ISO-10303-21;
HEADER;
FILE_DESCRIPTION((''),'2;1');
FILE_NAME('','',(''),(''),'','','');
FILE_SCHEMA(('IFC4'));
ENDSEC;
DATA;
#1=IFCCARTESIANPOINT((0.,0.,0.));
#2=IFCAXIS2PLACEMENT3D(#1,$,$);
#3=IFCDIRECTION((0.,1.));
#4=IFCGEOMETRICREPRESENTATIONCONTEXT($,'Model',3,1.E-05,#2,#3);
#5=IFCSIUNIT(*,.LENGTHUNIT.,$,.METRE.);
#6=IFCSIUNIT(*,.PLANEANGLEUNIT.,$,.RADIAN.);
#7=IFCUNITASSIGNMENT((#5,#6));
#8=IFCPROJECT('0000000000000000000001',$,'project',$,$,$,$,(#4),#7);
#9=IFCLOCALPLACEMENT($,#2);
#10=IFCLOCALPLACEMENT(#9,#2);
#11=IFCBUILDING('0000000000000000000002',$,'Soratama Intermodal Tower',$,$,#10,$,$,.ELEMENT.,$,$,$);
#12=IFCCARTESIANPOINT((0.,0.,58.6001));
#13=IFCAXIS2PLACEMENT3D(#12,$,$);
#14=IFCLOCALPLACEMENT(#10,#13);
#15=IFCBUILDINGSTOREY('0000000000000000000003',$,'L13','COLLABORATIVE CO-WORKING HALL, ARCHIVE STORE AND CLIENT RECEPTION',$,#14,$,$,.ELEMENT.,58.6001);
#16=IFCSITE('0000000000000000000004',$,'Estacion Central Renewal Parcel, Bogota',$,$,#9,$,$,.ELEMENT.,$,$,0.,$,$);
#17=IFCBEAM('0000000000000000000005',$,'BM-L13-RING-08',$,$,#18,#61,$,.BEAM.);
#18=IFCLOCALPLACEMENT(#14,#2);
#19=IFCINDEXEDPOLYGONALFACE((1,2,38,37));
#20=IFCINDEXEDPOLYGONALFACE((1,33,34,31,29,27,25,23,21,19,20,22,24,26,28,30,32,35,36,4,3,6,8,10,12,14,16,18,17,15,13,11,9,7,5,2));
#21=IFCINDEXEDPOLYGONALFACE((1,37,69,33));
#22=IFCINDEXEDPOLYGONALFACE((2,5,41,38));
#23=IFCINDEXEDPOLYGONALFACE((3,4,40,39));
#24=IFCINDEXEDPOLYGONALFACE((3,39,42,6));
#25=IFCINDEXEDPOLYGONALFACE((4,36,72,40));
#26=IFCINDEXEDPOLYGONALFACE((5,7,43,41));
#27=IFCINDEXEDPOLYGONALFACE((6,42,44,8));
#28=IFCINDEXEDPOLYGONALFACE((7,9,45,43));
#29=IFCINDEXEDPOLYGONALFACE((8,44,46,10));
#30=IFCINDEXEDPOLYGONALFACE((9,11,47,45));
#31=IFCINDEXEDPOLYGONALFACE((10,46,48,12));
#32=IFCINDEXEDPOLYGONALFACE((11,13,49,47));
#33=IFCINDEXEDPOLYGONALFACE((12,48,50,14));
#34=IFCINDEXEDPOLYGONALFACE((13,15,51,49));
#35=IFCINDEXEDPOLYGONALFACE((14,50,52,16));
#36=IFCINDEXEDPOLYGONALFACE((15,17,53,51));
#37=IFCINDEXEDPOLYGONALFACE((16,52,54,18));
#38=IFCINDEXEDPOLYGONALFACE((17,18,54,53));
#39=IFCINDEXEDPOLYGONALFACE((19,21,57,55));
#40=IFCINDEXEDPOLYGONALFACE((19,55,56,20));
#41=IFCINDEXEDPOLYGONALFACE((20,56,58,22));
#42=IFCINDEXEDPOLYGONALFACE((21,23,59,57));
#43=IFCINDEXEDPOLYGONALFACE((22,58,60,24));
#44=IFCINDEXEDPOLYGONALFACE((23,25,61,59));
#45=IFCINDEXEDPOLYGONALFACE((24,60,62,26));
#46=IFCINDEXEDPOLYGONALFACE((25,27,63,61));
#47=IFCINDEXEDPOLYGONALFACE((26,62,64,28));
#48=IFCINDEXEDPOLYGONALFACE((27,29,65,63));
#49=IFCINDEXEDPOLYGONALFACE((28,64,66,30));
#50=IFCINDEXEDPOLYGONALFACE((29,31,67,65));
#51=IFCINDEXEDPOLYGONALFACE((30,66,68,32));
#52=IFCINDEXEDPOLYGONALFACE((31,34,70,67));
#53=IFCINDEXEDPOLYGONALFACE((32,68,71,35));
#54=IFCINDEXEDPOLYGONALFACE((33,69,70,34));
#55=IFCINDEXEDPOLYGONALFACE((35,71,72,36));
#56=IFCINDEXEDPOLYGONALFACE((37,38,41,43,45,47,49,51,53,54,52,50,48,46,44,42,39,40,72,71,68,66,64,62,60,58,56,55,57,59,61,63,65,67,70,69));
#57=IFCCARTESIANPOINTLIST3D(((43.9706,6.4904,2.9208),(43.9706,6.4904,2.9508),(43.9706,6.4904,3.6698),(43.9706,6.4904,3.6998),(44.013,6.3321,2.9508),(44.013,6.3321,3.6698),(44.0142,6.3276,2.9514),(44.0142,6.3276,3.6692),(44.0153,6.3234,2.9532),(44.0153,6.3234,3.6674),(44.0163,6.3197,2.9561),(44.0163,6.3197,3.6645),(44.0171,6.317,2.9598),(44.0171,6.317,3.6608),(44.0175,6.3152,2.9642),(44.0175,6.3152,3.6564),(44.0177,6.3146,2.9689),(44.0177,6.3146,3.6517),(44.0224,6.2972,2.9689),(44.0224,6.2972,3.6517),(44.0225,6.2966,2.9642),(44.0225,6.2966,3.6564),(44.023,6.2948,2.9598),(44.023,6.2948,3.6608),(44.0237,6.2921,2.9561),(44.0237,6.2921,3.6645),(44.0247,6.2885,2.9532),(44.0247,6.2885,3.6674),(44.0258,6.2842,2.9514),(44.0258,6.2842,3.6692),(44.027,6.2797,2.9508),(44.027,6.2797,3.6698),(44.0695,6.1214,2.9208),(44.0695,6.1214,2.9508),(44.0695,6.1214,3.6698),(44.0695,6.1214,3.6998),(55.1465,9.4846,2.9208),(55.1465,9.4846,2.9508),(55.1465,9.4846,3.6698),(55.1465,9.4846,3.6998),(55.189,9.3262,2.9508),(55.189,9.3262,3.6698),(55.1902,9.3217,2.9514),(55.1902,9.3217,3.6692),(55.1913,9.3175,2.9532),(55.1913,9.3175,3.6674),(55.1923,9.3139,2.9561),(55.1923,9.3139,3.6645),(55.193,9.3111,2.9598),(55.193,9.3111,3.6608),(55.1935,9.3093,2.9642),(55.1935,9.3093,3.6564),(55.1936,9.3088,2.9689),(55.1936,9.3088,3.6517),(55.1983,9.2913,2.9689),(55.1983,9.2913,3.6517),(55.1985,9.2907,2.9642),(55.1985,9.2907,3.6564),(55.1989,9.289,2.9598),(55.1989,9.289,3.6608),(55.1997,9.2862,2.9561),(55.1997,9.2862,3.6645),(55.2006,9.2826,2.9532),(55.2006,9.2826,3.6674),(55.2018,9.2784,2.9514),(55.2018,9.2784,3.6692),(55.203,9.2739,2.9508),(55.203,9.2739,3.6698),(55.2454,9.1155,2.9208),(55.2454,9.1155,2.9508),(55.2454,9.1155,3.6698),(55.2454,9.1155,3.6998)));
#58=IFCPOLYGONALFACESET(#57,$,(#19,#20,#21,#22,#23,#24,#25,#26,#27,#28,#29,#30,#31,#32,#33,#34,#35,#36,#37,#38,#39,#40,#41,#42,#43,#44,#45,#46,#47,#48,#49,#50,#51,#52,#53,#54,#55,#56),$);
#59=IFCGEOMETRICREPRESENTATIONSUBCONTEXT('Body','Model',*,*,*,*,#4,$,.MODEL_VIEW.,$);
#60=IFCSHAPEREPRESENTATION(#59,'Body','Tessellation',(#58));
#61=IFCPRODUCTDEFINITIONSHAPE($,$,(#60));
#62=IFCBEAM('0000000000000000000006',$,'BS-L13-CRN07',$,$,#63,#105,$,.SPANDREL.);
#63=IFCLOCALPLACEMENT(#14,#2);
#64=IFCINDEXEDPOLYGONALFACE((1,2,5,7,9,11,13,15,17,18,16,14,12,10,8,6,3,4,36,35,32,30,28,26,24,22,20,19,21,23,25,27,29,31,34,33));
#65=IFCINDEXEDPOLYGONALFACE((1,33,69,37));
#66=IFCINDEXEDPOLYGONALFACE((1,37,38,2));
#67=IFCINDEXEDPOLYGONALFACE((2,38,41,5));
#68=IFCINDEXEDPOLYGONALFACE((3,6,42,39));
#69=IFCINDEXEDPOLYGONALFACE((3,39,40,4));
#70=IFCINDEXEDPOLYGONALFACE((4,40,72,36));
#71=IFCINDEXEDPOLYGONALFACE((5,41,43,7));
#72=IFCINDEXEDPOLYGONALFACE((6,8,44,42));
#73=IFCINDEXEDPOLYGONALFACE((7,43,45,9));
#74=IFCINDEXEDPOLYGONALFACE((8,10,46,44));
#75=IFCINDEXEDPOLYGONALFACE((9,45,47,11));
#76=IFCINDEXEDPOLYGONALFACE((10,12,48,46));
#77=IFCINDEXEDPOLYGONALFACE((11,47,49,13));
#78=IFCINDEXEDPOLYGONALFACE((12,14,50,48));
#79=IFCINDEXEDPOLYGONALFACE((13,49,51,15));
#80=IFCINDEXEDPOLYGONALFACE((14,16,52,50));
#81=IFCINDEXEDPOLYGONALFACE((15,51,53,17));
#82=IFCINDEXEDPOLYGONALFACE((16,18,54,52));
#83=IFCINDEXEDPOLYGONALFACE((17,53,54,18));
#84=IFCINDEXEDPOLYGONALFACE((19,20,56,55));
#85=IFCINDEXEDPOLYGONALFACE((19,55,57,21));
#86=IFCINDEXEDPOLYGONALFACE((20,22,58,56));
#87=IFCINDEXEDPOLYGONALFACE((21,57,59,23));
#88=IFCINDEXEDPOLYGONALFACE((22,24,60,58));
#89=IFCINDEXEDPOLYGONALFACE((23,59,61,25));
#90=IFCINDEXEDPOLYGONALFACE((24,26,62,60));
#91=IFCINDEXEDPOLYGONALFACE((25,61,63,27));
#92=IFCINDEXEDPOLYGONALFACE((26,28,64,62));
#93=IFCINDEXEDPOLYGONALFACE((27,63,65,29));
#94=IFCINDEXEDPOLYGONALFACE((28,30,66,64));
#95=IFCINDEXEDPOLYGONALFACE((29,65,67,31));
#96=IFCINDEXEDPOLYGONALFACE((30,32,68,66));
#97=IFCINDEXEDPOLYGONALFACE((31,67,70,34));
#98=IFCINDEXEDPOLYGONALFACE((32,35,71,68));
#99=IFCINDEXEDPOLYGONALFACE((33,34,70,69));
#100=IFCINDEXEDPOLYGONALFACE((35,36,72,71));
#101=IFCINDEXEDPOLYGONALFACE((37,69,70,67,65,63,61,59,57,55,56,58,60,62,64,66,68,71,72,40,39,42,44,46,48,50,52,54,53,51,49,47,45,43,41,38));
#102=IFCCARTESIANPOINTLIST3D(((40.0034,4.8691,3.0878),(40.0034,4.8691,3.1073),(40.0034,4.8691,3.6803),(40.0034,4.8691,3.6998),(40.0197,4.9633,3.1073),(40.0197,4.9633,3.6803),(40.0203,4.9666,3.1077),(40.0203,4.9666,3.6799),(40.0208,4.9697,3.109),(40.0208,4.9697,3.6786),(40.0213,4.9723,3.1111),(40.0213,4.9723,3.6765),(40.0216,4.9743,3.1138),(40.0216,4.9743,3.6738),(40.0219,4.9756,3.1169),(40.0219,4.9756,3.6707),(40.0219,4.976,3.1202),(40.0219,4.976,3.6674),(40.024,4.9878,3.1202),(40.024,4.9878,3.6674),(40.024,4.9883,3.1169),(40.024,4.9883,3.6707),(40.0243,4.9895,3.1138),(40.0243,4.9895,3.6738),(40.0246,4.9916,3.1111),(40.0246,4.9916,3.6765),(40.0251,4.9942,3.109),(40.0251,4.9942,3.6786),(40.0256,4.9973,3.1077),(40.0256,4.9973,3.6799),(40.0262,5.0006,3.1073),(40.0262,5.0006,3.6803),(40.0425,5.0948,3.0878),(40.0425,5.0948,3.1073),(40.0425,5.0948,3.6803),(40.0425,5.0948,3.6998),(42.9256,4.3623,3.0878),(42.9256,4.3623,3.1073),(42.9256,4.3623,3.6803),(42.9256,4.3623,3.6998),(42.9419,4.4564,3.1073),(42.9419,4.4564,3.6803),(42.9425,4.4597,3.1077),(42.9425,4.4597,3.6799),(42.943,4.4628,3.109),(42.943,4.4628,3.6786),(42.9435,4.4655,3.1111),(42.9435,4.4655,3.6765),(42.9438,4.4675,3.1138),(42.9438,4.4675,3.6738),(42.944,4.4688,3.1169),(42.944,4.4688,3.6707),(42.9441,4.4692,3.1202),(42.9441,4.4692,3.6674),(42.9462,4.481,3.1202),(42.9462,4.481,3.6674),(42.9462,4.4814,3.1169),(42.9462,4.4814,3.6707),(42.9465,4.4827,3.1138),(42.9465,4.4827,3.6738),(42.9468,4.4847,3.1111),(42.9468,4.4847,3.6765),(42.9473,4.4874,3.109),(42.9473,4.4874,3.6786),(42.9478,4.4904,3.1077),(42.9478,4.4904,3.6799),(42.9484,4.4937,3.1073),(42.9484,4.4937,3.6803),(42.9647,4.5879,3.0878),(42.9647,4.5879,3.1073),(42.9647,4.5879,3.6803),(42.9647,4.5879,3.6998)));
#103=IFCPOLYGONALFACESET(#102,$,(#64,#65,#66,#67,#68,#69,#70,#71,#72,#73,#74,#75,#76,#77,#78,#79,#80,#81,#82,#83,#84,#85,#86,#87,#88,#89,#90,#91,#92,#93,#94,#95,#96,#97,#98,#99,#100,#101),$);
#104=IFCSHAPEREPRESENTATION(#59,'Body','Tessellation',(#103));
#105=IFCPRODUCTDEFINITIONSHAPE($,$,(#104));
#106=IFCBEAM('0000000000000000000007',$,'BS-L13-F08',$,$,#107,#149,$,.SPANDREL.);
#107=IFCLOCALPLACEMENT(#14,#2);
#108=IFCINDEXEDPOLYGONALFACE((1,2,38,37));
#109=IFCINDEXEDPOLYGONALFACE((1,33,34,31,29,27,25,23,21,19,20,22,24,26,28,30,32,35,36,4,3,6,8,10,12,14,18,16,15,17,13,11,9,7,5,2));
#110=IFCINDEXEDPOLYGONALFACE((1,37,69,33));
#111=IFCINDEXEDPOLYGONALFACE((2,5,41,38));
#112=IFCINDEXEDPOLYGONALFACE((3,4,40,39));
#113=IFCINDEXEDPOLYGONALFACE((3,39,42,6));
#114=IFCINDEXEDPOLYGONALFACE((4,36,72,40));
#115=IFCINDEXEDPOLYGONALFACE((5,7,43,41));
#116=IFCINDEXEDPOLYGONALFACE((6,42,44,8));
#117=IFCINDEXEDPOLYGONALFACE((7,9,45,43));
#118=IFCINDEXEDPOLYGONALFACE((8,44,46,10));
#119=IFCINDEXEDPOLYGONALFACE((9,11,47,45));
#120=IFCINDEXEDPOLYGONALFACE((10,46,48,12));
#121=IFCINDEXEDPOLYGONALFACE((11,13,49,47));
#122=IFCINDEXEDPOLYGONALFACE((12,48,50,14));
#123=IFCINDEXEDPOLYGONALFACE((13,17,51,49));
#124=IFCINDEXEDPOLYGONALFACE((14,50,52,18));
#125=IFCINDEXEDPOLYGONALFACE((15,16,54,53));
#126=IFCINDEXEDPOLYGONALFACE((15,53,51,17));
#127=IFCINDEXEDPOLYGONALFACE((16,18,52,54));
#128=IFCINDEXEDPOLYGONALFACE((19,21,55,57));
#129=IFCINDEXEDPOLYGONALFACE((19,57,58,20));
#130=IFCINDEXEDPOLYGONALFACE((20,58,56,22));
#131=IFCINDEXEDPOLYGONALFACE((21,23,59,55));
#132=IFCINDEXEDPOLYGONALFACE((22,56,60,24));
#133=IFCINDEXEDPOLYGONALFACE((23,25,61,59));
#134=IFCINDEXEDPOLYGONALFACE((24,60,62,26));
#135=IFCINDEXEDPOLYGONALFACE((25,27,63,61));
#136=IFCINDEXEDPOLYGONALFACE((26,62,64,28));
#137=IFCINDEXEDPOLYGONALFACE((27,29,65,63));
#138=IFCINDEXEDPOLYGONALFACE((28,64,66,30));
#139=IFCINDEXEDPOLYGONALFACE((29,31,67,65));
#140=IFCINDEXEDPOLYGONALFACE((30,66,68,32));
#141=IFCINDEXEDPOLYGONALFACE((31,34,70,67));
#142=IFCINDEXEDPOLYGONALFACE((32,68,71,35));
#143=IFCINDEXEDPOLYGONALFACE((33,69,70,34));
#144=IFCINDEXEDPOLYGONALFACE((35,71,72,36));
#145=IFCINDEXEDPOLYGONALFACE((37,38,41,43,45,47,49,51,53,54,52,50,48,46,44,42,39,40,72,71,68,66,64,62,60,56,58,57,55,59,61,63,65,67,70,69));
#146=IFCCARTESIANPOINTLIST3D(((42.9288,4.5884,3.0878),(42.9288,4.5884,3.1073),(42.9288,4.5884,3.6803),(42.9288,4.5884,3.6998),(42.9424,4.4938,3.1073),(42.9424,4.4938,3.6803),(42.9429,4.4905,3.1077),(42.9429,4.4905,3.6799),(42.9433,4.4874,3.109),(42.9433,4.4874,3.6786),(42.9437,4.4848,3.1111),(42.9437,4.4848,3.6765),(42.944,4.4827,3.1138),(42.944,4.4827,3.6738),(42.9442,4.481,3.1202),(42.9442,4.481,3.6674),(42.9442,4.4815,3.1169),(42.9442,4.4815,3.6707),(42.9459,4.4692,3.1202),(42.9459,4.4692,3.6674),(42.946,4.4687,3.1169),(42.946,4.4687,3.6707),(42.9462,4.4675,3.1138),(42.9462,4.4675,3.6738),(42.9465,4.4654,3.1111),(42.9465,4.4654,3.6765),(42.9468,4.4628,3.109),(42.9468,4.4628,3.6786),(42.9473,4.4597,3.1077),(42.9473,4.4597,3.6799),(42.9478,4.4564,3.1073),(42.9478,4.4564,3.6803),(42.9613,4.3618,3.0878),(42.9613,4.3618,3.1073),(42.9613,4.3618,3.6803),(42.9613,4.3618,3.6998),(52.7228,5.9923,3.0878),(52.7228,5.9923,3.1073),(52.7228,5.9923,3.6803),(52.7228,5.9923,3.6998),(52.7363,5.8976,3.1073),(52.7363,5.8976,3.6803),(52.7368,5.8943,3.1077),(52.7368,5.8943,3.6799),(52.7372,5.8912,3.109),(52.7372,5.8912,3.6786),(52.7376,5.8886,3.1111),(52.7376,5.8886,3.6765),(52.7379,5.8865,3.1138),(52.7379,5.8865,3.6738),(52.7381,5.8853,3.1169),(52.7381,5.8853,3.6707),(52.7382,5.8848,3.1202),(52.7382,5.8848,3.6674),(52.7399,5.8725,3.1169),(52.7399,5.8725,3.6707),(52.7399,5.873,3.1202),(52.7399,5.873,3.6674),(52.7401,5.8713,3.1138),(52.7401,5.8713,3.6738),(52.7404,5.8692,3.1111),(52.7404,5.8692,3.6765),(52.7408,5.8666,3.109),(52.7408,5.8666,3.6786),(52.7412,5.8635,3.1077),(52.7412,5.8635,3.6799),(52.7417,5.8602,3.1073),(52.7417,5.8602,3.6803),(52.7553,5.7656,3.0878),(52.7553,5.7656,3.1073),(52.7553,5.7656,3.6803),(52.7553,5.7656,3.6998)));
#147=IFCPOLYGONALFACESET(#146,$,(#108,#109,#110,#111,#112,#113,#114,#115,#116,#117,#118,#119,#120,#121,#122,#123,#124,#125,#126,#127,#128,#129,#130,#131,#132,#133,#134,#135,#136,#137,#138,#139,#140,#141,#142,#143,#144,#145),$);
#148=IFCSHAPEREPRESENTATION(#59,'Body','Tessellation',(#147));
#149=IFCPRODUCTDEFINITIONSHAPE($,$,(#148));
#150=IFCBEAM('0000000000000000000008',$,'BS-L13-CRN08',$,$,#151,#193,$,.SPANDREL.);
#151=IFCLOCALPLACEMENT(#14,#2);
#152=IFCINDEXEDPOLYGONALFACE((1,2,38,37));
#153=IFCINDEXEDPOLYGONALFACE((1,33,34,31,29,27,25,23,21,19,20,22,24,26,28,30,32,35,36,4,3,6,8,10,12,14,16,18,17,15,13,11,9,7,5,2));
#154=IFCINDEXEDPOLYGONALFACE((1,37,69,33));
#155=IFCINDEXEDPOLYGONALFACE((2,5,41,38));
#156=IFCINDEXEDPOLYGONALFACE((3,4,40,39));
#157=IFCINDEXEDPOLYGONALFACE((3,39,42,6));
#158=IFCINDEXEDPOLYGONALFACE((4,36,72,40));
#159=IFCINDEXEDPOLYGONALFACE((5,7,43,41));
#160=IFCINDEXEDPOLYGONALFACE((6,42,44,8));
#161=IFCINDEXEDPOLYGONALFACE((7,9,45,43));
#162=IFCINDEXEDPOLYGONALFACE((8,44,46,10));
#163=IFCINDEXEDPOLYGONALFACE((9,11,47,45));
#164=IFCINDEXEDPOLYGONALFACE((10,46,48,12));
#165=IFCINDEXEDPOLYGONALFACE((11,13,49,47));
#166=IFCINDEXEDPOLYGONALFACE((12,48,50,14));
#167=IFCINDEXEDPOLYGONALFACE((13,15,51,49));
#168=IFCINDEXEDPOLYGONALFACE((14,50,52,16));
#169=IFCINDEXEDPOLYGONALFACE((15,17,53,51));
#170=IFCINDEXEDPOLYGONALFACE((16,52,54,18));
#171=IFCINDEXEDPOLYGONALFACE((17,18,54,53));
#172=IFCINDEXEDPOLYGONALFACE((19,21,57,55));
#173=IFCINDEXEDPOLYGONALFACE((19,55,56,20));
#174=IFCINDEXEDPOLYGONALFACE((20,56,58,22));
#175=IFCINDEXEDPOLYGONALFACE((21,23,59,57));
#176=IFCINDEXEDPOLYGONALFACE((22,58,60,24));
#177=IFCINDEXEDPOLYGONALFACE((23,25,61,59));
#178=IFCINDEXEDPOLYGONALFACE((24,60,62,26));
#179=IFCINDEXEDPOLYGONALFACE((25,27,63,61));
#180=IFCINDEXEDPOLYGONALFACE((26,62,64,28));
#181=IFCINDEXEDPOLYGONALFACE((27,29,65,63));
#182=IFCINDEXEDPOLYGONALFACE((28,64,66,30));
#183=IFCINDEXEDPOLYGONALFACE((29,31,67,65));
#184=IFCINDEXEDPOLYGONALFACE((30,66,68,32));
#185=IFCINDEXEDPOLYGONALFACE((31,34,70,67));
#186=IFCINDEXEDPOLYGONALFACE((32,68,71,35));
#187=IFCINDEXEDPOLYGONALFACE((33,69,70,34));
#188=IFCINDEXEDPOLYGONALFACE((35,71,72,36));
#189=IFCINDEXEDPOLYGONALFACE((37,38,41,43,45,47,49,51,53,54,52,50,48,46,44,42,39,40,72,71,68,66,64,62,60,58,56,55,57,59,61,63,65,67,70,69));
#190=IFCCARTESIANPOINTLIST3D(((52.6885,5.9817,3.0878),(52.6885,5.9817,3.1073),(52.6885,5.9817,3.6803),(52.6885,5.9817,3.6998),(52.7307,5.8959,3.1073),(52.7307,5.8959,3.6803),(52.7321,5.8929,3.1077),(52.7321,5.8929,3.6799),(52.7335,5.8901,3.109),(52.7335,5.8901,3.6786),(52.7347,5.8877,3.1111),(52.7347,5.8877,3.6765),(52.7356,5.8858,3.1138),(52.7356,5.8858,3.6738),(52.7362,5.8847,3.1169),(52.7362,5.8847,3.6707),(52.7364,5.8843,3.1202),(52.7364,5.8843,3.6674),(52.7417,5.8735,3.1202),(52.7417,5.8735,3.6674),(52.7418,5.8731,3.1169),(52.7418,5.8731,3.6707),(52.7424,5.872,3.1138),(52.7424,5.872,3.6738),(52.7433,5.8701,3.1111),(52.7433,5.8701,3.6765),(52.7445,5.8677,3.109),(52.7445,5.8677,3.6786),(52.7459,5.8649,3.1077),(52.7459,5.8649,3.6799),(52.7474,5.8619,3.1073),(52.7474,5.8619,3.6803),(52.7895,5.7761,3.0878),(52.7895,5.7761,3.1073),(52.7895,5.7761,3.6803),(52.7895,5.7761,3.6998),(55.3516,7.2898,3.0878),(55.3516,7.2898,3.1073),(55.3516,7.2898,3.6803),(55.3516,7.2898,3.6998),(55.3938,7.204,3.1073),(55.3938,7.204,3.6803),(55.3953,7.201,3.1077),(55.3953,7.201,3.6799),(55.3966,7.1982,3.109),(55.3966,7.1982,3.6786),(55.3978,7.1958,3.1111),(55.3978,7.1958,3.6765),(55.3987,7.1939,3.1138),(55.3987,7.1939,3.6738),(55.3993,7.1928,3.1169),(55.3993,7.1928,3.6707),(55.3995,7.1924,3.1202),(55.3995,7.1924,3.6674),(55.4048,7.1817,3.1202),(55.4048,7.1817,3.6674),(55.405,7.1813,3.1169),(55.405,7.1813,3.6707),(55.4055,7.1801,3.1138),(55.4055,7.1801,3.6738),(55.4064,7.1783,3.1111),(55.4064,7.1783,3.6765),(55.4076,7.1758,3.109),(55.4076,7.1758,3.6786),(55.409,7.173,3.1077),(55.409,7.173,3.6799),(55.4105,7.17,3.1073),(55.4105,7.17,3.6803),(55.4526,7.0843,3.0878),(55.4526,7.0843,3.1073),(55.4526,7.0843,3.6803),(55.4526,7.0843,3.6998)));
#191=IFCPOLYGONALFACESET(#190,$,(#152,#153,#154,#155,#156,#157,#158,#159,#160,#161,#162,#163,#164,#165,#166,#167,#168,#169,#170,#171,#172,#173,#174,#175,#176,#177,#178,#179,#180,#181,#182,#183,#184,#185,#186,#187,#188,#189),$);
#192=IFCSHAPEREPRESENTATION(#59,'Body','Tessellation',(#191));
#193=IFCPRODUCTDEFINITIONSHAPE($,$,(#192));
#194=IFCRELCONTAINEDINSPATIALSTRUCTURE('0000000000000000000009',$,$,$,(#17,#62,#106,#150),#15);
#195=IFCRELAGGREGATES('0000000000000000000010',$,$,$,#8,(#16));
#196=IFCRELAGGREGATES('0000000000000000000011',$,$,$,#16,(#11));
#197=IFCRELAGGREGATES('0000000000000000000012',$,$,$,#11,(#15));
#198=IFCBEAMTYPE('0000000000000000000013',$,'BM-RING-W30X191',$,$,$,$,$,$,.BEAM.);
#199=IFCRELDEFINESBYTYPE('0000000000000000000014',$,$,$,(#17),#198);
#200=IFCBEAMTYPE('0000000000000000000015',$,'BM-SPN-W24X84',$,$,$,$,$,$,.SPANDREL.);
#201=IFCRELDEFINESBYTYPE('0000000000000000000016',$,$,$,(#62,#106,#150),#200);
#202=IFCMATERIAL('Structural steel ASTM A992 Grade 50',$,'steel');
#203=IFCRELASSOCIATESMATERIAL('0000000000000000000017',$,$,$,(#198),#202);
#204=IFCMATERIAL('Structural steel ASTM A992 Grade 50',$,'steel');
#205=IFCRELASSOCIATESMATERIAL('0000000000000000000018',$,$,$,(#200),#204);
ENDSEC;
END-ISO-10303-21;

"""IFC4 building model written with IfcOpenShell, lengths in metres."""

from ifc_helpers import new_model, si_unit, direction, frame, origin, origin_2d, place, context, subcontext, project, spatial, i_section, extrude, material, material_profile, profile_set, type_object, element, save


model = new_model("IFC4")

# Units and contexts
model_context = context("Model", 3, precision=1e-05, world=origin(), true_north=direction((0.0, 1.0)))
body_context = subcontext(model_context, "Body", "Model", "MODEL_VIEW")
ifc_project = project(units=[si_unit("LENGTHUNIT", "METRE"), si_unit("PLANEANGLEUNIT", "RADIAN")], contexts=[model_context])

# Site, building, storey
site_placement = place(None, origin())
site = spatial("IfcSite", under=ifc_project, at=site_placement, Name="Estacion Central Renewal Parcel, Bogota", CompositionType="ELEMENT", RefElevation=0.0)
building_placement = place(site_placement, origin())
building = spatial("IfcBuilding", under=site, at=building_placement, Name="Soratama Intermodal Tower", CompositionType="ELEMENT")
storey_placement = place(building_placement, frame((0.0, 0.0, 58.6001)))
storey = spatial("IfcBuildingStorey", under=building, at=storey_placement, Name="L13", Description="COLLABORATIVE CO-WORKING HALL, ARCHIVE STORE AND CLIENT RECEPTION", CompositionType="ELEMENT", Elevation=58.6001)

# Beams
ifc_material_1 = material(Name="Structural steel ASTM A992 Grade 50", Category="steel")
ifc_material_profile_1 = material_profile(ifc_material_1, i_section(OverallWidth=0.3821, OverallDepth=0.7791, WebThickness=0.0181, FlangeThickness=0.03, FilletRadius=0.0181, at=origin_2d()), Name="W30X191")
ifc_profile_set_1 = profile_set([ifc_material_profile_1], Name="Structural steel ASTM A992 Grade 50")
beam_type_1 = type_object("IfcBeamType", Name="BM-RING-W30X191", PredefinedType="BEAM", material=ifc_profile_set_1)
beam_1_placement = place(storey_placement, frame((44.02, 6.3059, 3.3103), z_axis=(0.965936, 0.258781, 0.0), x_axis=(-0.258781, 0.965936, 0.0)))
element("IfcBeam", 1, at=beam_1_placement, inside=storey, type_object=beam_type_1, Name="BM-L13-RING-08", PredefinedType="BEAM", context=body_context, shape_type="SweptSolid", body=[
    extrude(i_section(OverallWidth=0.3821, OverallDepth=0.7791, WebThickness=0.0181, FlangeThickness=0.03, FilletRadius=0.0181, at=origin_2d()), origin(), (0.0, 0.0, 1.0), 11.5701),
])
ifc_material_2 = material(Name="Structural steel ASTM A992 Grade 50", Category="steel")
ifc_material_profile_2 = material_profile(ifc_material_2, i_section(OverallWidth=0.229, OverallDepth=0.6121, WebThickness=0.012, FlangeThickness=0.0195, FilletRadius=0.0129, at=origin_2d()), Name="W24X84")
ifc_profile_set_2 = profile_set([ifc_material_profile_2], Name="Structural steel ASTM A992 Grade 50")
beam_type_2 = type_object("IfcBeamType", Name="BM-SPN-W24X84", PredefinedType="SPANDREL", material=ifc_profile_set_2)
beam_2_placement = place(storey_placement, frame((40.0229, 4.9819, 3.3938), z_axis=(0.985289, -0.170896, 0.0), x_axis=(0.170896, 0.985289, 0.0)))
element("IfcBeam", 2, at=beam_2_placement, inside=storey, type_object=beam_type_2, Name="BS-L13-CRN07", PredefinedType="SPANDREL", context=body_context, shape_type="SweptSolid", body=[
    extrude(i_section(OverallWidth=0.229, OverallDepth=0.6121, WebThickness=0.012, FlangeThickness=0.0195, FilletRadius=0.0129, at=origin_2d()), origin(), (0.0, 0.0, 1.0), 2.9658),
])
beam_3_placement = place(storey_placement, frame((42.9451, 4.4751, 3.3938), z_axis=(0.989883, 0.141884, 0.0), x_axis=(-0.141884, 0.989883, 0.0)))
element("IfcBeam", 3, at=beam_3_placement, inside=storey, type_object=beam_type_2, Name="BS-L13-F08", PredefinedType="SPANDREL", context=body_context, shape_type="SweptSolid", body=[
    extrude(i_section(OverallWidth=0.229, OverallDepth=0.6121, WebThickness=0.012, FlangeThickness=0.0195, FilletRadius=0.0129, at=origin_2d()), origin(), (0.0, 0.0, 1.0), 9.894),
])
beam_4_placement = place(storey_placement, frame((52.739, 5.8789, 3.3938), z_axis=(0.897565, 0.440883, 0.0), x_axis=(-0.440883, 0.897565, 0.0)))
element("IfcBeam", 4, at=beam_4_placement, inside=storey, type_object=beam_type_2, Name="BS-L13-CRN08", PredefinedType="SPANDREL", context=body_context, shape_type="SweptSolid", body=[
    extrude(i_section(OverallWidth=0.229, OverallDepth=0.6121, WebThickness=0.012, FlangeThickness=0.0195, FilletRadius=0.0129, at=origin_2d()), origin(), (0.0, 0.0, 1.0), 2.967),
])

save(model, "model.ifc")
